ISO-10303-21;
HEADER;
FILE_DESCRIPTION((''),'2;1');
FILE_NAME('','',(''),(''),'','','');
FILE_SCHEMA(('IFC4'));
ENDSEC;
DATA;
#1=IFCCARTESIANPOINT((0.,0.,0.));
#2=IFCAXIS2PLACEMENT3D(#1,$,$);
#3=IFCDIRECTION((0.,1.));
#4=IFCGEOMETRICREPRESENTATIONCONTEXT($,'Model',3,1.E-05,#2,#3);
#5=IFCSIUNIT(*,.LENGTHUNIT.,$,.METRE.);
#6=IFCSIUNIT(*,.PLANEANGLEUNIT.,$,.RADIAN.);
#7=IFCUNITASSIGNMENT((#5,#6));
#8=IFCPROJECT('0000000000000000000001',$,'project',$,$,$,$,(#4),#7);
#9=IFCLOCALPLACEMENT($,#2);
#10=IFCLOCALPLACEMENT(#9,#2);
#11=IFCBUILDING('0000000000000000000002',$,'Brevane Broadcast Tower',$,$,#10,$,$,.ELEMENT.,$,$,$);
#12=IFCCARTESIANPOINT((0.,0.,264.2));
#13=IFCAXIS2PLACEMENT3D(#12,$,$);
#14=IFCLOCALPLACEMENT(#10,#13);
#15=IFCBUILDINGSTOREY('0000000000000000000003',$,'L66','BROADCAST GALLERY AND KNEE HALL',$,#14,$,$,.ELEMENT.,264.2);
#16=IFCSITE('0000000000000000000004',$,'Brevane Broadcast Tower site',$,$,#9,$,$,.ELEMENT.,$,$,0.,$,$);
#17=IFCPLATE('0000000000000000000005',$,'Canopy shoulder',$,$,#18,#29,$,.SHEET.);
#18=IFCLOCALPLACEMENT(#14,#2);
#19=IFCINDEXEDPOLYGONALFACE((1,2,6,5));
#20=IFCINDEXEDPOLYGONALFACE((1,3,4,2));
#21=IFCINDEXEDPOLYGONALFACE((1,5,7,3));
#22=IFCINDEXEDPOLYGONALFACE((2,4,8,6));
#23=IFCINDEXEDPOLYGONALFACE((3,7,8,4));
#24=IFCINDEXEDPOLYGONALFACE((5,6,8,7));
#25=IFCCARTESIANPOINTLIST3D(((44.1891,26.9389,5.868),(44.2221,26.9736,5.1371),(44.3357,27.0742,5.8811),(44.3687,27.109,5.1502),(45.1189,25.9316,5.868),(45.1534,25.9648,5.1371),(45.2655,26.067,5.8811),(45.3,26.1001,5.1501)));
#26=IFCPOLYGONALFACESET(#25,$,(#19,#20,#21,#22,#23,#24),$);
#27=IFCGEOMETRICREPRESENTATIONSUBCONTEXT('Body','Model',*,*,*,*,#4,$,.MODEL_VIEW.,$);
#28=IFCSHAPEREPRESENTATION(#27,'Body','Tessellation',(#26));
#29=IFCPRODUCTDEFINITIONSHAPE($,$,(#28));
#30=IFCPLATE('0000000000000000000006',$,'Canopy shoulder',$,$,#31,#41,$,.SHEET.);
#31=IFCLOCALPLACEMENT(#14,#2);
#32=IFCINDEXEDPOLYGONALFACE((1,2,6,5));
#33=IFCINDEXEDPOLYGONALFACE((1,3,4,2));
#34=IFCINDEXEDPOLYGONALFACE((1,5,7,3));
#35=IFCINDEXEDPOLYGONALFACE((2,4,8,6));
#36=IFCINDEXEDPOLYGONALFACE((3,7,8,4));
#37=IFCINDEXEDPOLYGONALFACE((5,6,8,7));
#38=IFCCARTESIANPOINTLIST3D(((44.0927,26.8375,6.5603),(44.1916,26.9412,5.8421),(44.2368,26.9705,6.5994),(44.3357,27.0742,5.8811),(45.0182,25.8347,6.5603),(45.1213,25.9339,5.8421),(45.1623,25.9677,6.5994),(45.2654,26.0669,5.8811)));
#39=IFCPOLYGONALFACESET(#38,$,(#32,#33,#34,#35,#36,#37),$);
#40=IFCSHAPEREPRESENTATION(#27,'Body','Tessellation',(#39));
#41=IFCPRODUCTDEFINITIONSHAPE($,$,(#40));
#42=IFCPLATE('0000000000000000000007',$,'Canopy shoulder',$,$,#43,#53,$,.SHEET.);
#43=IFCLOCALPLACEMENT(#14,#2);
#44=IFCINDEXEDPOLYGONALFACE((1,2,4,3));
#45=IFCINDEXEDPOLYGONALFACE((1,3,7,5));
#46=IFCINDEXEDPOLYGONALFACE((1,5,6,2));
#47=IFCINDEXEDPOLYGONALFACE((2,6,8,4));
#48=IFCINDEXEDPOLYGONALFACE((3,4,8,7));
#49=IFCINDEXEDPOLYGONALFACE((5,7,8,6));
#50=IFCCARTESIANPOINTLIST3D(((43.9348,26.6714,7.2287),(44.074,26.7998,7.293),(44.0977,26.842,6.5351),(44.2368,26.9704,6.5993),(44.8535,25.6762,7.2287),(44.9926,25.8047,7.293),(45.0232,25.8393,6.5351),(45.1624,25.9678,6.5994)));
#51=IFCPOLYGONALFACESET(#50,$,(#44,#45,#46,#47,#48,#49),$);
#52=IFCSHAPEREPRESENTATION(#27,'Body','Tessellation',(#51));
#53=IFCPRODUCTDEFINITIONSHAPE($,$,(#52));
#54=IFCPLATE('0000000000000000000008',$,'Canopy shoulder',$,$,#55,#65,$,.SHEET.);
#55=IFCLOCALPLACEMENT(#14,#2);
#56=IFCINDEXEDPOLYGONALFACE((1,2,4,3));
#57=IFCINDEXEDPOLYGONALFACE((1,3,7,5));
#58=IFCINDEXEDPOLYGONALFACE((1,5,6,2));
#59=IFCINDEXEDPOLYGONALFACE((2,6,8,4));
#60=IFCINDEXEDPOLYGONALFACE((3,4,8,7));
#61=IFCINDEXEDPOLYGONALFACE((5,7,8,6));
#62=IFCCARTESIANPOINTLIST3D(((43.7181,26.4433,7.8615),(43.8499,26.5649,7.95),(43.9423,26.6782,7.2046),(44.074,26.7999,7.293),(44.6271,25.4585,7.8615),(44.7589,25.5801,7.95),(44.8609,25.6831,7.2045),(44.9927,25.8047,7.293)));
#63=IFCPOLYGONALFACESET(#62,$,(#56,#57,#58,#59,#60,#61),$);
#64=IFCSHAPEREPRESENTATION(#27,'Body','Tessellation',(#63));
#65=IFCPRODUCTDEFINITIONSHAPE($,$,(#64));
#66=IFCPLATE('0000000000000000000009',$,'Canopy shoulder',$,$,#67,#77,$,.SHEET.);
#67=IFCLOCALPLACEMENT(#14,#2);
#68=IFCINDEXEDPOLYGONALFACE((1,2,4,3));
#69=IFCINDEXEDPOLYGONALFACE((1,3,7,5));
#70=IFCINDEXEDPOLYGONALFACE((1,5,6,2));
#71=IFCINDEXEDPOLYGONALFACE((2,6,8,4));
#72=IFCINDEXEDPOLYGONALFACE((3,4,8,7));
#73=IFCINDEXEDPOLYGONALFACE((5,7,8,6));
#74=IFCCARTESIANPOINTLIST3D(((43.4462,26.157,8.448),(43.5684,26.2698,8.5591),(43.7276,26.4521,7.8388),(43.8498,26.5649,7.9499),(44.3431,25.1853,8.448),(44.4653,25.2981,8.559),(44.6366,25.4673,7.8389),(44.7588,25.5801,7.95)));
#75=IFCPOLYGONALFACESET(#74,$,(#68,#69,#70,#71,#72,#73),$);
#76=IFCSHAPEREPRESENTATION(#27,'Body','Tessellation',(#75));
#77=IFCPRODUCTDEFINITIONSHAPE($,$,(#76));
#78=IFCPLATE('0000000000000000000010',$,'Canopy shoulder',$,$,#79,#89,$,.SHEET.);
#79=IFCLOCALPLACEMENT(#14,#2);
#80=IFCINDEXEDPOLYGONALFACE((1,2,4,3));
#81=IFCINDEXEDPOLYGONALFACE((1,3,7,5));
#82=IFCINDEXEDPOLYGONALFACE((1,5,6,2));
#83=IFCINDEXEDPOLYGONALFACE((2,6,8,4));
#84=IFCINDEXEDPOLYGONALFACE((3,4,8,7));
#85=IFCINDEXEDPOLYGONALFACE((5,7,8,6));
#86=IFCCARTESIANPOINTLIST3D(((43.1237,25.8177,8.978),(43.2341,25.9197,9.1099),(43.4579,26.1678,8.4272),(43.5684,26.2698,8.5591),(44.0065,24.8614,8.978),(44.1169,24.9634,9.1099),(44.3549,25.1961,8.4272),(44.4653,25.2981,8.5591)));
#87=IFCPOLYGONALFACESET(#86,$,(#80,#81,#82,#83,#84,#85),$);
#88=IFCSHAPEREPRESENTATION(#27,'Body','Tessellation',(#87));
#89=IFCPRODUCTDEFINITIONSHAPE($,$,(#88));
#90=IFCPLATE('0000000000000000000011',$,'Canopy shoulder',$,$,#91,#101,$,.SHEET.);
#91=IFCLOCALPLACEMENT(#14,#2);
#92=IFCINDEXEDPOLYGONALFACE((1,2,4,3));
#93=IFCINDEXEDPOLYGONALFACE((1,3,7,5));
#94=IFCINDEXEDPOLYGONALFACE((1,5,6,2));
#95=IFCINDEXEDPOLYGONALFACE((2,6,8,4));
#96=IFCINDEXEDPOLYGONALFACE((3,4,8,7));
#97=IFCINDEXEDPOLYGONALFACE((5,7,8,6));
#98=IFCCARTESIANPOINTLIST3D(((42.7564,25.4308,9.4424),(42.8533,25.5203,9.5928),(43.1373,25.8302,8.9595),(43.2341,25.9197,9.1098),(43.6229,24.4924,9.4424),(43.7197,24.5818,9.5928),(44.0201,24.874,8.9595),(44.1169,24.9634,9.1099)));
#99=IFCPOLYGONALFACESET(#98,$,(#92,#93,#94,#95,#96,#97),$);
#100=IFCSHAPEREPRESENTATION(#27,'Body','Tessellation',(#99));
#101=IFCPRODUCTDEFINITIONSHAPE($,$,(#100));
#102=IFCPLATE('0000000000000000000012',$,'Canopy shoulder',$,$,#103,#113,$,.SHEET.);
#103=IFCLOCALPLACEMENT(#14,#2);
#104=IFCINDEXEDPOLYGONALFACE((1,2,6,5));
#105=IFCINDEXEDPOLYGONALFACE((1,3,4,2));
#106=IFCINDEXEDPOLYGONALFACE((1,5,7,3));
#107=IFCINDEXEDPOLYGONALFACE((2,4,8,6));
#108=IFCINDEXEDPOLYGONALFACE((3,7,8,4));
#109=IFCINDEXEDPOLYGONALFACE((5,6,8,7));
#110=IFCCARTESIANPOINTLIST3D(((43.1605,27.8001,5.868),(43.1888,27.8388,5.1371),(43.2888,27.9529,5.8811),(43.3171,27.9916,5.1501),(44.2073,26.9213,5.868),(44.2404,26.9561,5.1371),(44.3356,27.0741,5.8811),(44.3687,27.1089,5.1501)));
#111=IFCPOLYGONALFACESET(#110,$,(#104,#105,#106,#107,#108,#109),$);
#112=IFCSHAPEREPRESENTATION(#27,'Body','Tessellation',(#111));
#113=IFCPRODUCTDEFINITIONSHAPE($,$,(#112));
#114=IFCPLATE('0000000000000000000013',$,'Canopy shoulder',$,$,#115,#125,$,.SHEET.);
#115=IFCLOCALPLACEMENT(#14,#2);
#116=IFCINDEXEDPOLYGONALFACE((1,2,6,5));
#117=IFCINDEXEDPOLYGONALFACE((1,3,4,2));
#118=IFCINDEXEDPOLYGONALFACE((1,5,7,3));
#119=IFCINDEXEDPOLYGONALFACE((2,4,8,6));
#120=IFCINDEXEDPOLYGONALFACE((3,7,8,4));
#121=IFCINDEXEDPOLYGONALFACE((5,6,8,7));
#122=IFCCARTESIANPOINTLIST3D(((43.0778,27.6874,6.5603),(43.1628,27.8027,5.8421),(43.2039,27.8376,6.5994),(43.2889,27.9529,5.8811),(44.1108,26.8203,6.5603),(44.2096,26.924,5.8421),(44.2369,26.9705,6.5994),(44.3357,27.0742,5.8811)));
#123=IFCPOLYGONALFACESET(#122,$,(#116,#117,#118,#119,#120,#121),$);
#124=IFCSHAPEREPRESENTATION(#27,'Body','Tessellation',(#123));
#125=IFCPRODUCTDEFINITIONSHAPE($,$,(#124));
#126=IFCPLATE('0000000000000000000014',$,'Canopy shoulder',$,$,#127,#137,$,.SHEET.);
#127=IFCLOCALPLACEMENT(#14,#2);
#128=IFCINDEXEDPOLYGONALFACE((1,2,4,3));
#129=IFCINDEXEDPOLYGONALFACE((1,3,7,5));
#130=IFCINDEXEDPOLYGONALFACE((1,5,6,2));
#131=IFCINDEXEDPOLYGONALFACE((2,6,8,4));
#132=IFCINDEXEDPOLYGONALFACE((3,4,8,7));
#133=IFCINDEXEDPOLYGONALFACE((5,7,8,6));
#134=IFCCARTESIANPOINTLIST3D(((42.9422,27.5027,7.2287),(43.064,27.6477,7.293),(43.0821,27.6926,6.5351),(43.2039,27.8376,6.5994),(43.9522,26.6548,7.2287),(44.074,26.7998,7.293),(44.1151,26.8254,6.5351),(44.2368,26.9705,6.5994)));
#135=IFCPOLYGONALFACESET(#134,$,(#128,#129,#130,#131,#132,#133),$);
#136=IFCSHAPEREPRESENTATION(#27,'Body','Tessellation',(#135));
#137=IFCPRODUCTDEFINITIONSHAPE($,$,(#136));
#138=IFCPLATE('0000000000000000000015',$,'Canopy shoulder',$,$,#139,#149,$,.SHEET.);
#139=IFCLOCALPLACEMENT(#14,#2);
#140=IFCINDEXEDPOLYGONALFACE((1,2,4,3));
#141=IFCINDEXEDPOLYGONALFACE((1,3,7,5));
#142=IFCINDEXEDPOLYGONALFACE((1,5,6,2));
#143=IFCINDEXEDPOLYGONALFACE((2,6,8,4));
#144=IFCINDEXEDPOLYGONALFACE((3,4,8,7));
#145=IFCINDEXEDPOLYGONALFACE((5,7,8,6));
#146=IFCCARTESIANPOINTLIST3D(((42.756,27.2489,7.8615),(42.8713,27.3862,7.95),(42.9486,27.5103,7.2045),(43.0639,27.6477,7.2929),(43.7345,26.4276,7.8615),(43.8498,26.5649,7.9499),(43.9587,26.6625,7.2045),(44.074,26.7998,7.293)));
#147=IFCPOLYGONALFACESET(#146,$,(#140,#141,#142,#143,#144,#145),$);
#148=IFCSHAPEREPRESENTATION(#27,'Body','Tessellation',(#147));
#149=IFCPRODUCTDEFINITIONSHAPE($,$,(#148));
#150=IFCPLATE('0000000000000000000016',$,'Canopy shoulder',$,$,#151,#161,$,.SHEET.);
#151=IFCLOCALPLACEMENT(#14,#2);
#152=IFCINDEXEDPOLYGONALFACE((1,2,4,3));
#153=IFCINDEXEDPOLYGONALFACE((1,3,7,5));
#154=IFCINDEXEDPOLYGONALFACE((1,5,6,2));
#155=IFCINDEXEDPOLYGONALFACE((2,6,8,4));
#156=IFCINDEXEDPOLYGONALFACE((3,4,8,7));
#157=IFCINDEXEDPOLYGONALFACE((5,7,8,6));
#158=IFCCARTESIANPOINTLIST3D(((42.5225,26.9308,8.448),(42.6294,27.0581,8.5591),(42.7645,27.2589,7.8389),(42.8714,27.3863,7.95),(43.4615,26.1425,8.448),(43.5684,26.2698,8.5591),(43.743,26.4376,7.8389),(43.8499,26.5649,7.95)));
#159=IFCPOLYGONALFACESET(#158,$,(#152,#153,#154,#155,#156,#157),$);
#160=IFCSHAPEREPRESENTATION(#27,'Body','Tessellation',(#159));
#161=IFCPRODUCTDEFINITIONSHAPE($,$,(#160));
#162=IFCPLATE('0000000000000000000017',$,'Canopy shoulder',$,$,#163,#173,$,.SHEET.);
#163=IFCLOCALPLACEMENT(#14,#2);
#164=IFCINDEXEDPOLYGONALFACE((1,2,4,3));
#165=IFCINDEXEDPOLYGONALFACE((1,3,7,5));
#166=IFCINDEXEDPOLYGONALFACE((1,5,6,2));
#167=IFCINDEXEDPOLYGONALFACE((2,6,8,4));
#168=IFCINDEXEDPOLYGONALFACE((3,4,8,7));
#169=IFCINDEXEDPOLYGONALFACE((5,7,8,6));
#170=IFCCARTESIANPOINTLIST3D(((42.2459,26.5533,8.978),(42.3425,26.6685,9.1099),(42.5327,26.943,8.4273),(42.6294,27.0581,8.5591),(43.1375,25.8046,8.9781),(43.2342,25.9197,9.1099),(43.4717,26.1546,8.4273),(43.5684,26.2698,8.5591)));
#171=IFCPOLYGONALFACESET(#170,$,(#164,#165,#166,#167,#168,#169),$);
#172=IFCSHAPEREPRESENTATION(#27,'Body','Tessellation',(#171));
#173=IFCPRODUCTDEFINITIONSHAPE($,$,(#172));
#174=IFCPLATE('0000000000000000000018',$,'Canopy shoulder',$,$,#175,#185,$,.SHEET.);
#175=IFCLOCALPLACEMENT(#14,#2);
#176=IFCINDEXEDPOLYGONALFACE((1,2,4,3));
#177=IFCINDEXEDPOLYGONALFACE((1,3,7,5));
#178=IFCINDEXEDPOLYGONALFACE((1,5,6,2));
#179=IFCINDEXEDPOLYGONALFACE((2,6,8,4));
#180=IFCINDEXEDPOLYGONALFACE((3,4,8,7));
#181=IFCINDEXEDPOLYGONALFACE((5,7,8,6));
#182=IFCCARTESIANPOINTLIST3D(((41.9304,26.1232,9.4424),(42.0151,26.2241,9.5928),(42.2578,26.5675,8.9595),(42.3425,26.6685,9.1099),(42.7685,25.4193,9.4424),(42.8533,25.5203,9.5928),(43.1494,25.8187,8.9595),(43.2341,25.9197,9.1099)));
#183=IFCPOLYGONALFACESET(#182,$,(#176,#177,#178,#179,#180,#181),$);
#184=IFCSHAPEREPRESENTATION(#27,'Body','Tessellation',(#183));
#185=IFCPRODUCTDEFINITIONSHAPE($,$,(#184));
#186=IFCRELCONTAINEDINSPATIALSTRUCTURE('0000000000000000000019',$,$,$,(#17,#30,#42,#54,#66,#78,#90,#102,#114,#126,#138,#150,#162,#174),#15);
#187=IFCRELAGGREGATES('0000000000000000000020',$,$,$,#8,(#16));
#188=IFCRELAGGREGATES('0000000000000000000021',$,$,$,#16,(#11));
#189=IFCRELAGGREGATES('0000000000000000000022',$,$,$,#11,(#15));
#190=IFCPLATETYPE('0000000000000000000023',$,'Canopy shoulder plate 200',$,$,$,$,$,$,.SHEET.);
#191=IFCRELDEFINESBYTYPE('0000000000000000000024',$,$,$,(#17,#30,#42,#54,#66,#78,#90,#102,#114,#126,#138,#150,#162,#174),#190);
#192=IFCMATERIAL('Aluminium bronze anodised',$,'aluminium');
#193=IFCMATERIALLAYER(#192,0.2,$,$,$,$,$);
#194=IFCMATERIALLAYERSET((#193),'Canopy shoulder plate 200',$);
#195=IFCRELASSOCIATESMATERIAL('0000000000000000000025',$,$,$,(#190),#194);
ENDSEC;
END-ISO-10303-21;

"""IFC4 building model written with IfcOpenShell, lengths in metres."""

from ifc_helpers import new_model, si_unit, direction, frame, origin, place, context, subcontext, project, spatial, polyline, outline, extrude, material, layer, layer_set, type_object, element, save


model = new_model("IFC4")

# Units and contexts
model_context = context("Model", 3, precision=1e-05, world=origin(), true_north=direction((0.0, 1.0)))
body_context = subcontext(model_context, "Body", "Model", "MODEL_VIEW")
ifc_project = project(units=[si_unit("LENGTHUNIT", "METRE"), si_unit("PLANEANGLEUNIT", "RADIAN")], contexts=[model_context])

# Site, building, storey
site_placement = place(None, origin())
site = spatial("IfcSite", under=ifc_project, at=site_placement, Name="Brevane Broadcast Tower site", CompositionType="ELEMENT", RefElevation=0.0)
building_placement = place(site_placement, origin())
building = spatial("IfcBuilding", under=site, at=building_placement, Name="Brevane Broadcast Tower", CompositionType="ELEMENT")
storey_placement = place(building_placement, frame((0.0, 0.0, 264.2)))
storey = spatial("IfcBuildingStorey", under=building, at=storey_placement, Name="L66", Description="BROADCAST GALLERY AND KNEE HALL", CompositionType="ELEMENT", Elevation=264.2)

# Plates
ifc_material_1 = material(Name="Aluminium bronze anodised", Category="aluminium")
ifc_layer_1 = layer(ifc_material_1, 0.2)
ifc_layer_set_1 = layer_set([ifc_layer_1], Name="Canopy shoulder plate 200")
plate_type = type_object("IfcPlateType", Name="Canopy shoulder plate 200", PredefinedType="SHEET", material=ifc_layer_set_1)
plate_1_placement = place(storey_placement, frame((45.3, 26.1001, 5.1501), z_axis=(0.733223, 0.676842, 0.065341), x_axis=(-0.678291, 0.734793, 0.000006)))
element("IfcPlate", 1, at=plate_1_placement, inside=storey, type_object=plate_type, Name="Canopy shoulder", PredefinedType="SHEET", context=body_context, shape_type="SweptSolid", body=[
    extrude(outline(polyline([(0.0, 0.0), (1.373, 0.0), (1.3699, 0.7325), (-0.0009, 0.7325), (0.0, 0.0)])), origin(), (0.0, 0.0, -1.0), 0.2),
])
plate_2_placement = place(storey_placement, frame((45.2654, 26.0669, 5.8811), z_axis=(0.720693, 0.665194, 0.19524), x_axis=(-0.678246, 0.734835, -0.000007)))
element("IfcPlate", 2, at=plate_2_placement, inside=storey, type_object=plate_type, Name="Canopy shoulder", PredefinedType="SHEET", context=body_context, shape_type="SweptSolid", body=[
    extrude(outline(polyline([(0.0, 0.0), (1.3708, 0.0), (1.3616, 0.7324), (-0.003, 0.7323), (0.0, 0.0)])), origin(), (0.0, 0.0, -1.0), 0.2),
])
plate_3_placement = place(storey_placement, frame((45.1624, 25.9678, 6.5994), z_axis=(0.695816, 0.642331, 0.321325), x_axis=(-0.678299, 0.734786, -0.000012)))
element("IfcPlate", 3, at=plate_3_placement, inside=storey, type_object=plate_type, Name="Canopy shoulder", PredefinedType="SHEET", context=body_context, shape_type="SweptSolid", body=[
    extrude(outline(polyline([(0.0, 0.0), (1.3646, 0.0), (1.3496, 0.7325), (-0.0047, 0.7324), (0.0, 0.0)])), origin(), (0.0, 0.0, -1.0), 0.2),
])
plate_4_placement = place(storey_placement, frame((44.9927, 25.8047, 7.293), z_axis=(0.658987, 0.608284, 0.44241), x_axis=(-0.678284, 0.7348, 0.000032)))
element("IfcPlate", 4, at=plate_4_placement, inside=storey, type_object=plate_type, Name="Canopy shoulder", PredefinedType="SHEET", context=body_context, shape_type="SweptSolid", body=[
    extrude(outline(polyline([(0.0, 0.0), (1.3544, 0.0), (1.3338, 0.7325), (-0.0064, 0.7326), (0.0, 0.0)])), origin(), (0.0, 0.0, -1.0), 0.2),
])
plate_5_placement = place(storey_placement, frame((44.7588, 25.5801, 7.95), z_axis=(0.611004, 0.563963, 0.555536), x_axis=(-0.678241, 0.73484, -0.000026)))
element("IfcPlate", 5, at=plate_5_placement, inside=storey, type_object=plate_type, Name="Canopy shoulder", PredefinedType="SHEET", context=body_context, shape_type="SweptSolid", body=[
    extrude(outline(polyline([(0.0, 0.0), (1.3402, 0.0), (1.3142, 0.7326), (-0.0082, 0.7325), (0.0, 0.0)])), origin(), (0.0, 0.0, -1.0), 0.2),
])
plate_6_placement = place(storey_placement, frame((44.4653, 25.2981, 8.5591), z_axis=(0.552428, 0.509966, 0.659362), x_axis=(-0.6783, 0.734785, -0.000005)))
element("IfcPlate", 6, at=plate_6_placement, inside=storey, type_object=plate_type, Name="Canopy shoulder", PredefinedType="SHEET", context=body_context, shape_type="SweptSolid", body=[
    extrude(outline(polyline([(0.0, 0.0), (1.3224, 0.0), (1.2918, 0.7326), (-0.0096, 0.7326), (0.0, 0.0)])), origin(), (0.0, 0.0, -1.0), 0.2),
])
plate_7_placement = place(storey_placement, frame((44.1169, 24.9634, 9.1099), z_axis=(0.484416, 0.447216, 0.75189), x_axis=(-0.67832, 0.734767, -0.000013)))
element("IfcPlate", 7, at=plate_7_placement, inside=storey, type_object=plate_type, Name="Canopy shoulder", PredefinedType="SHEET", context=body_context, shape_type="SweptSolid", body=[
    extrude(outline(polyline([(0.0, 0.0), (1.3015, 0.0), (1.2663, 0.7325), (-0.0109, 0.7324), (0.0, 0.0)])), origin(), (0.0, 0.0, -1.0), 0.2),
])
plate_8_placement = place(storey_placement, frame((44.3687, 27.1089, 5.1501), z_axis=(0.641569, 0.76428, 0.065311), x_axis=(-0.765915, 0.642942, -0.000005)))
element("IfcPlate", 8, at=plate_8_placement, inside=storey, type_object=plate_type, Name="Canopy shoulder", PredefinedType="SHEET", context=body_context, shape_type="SweptSolid", body=[
    extrude(outline(polyline([(0.0, 0.0), (1.373, 0.0), (1.3697, 0.7325), (0.003, 0.7325), (0.0, 0.0)])), origin(), (0.0, 0.0, -1.0), 0.2),
])
plate_9_placement = place(storey_placement, frame((44.3357, 27.0742, 5.8811), z_axis=(0.630561, 0.751189, 0.195212), x_axis=(-0.765926, 0.642929, 0.000011)))
element("IfcPlate", 9, at=plate_9_placement, inside=storey, type_object=plate_type, Name="Canopy shoulder", PredefinedType="SHEET", context=body_context, shape_type="SweptSolid", body=[
    extrude(outline(polyline([(0.0, 0.0), (1.3667, 0.0), (1.3577, 0.7323), (0.009, 0.7324), (0.0, 0.0)])), origin(), (0.0, 0.0, -1.0), 0.2),
])
plate_10_placement = place(storey_placement, frame((44.2368, 26.9705, 6.5994), z_axis=(0.608858, 0.725256, 0.321398), x_axis=(-0.76589, 0.642971, -0.000002)))
element("IfcPlate", 10, at=plate_10_placement, inside=storey, type_object=plate_type, Name="Canopy shoulder", PredefinedType="SHEET", context=body_context, shape_type="SweptSolid", body=[
    extrude(outline(polyline([(0.0, 0.0), (1.3487, 0.0), (1.3337, 0.7325), (0.015, 0.7325), (0.0, 0.0)])), origin(), (0.0, 0.0, -1.0), 0.2),
])
plate_11_placement = place(storey_placement, frame((44.074, 26.7998, 7.293), z_axis=(0.576603, 0.686914, 0.442355), x_axis=(-0.765921, 0.642935, -0.00002)))
element("IfcPlate", 11, at=plate_11_placement, inside=storey, type_object=plate_type, Name="Canopy shoulder", PredefinedType="SHEET", context=body_context, shape_type="SweptSolid", body=[
    extrude(outline(polyline([(0.0, 0.0), (1.3187, 0.0), (1.2981, 0.7326), (0.0206, 0.7325), (0.0, 0.0)])), origin(), (0.0, 0.0, -1.0), 0.2),
])
plate_12_placement = place(storey_placement, frame((43.8499, 26.5649, 7.95), z_axis=(0.534605, 0.636856, 0.555528), x_axis=(-0.765929, 0.642926, 0.000033)))
element("IfcPlate", 12, at=plate_12_placement, inside=storey, type_object=plate_type, Name="Canopy shoulder", PredefinedType="SHEET", context=body_context, shape_type="SweptSolid", body=[
    extrude(outline(polyline([(0.0, 0.0), (1.2775, 0.0), (1.2519, 0.7325), (0.0259, 0.7326), (0.0, 0.0)])), origin(), (0.0, 0.0, -1.0), 0.2),
])
plate_13_placement = place(storey_placement, frame((43.5684, 26.2698, 8.5591), z_axis=(0.483502, 0.57581, 0.659294), x_axis=(-0.765841, 0.64303, 0.000034)))
element("IfcPlate", 13, at=plate_13_placement, inside=storey, type_object=plate_type, Name="Canopy shoulder", PredefinedType="SHEET", context=body_context, shape_type="SweptSolid", body=[
    extrude(outline(polyline([(0.0, 0.0), (1.226, 0.0), (1.1952, 0.7325), (0.0309, 0.7326), (0.0, 0.0)])), origin(), (0.0, 0.0, -1.0), 0.2),
])
plate_14_placement = place(storey_placement, frame((43.2341, 25.9197, 9.1099), z_axis=(0.423963, 0.504836, 0.751928), x_axis=(-0.765777, 0.643106, -0.000003)))
element("IfcPlate", 14, at=plate_14_placement, inside=storey, type_object=plate_type, Name="Canopy shoulder", PredefinedType="SHEET", context=body_context, shape_type="SweptSolid", body=[
    extrude(outline(polyline([(0.0, 0.0), (1.1643, 0.0), (1.1293, 0.7325), (0.0348, 0.7325), (0.0, 0.0)])), origin(), (0.0, 0.0, -1.0), 0.2),
])

save(model, "model.ifc")
